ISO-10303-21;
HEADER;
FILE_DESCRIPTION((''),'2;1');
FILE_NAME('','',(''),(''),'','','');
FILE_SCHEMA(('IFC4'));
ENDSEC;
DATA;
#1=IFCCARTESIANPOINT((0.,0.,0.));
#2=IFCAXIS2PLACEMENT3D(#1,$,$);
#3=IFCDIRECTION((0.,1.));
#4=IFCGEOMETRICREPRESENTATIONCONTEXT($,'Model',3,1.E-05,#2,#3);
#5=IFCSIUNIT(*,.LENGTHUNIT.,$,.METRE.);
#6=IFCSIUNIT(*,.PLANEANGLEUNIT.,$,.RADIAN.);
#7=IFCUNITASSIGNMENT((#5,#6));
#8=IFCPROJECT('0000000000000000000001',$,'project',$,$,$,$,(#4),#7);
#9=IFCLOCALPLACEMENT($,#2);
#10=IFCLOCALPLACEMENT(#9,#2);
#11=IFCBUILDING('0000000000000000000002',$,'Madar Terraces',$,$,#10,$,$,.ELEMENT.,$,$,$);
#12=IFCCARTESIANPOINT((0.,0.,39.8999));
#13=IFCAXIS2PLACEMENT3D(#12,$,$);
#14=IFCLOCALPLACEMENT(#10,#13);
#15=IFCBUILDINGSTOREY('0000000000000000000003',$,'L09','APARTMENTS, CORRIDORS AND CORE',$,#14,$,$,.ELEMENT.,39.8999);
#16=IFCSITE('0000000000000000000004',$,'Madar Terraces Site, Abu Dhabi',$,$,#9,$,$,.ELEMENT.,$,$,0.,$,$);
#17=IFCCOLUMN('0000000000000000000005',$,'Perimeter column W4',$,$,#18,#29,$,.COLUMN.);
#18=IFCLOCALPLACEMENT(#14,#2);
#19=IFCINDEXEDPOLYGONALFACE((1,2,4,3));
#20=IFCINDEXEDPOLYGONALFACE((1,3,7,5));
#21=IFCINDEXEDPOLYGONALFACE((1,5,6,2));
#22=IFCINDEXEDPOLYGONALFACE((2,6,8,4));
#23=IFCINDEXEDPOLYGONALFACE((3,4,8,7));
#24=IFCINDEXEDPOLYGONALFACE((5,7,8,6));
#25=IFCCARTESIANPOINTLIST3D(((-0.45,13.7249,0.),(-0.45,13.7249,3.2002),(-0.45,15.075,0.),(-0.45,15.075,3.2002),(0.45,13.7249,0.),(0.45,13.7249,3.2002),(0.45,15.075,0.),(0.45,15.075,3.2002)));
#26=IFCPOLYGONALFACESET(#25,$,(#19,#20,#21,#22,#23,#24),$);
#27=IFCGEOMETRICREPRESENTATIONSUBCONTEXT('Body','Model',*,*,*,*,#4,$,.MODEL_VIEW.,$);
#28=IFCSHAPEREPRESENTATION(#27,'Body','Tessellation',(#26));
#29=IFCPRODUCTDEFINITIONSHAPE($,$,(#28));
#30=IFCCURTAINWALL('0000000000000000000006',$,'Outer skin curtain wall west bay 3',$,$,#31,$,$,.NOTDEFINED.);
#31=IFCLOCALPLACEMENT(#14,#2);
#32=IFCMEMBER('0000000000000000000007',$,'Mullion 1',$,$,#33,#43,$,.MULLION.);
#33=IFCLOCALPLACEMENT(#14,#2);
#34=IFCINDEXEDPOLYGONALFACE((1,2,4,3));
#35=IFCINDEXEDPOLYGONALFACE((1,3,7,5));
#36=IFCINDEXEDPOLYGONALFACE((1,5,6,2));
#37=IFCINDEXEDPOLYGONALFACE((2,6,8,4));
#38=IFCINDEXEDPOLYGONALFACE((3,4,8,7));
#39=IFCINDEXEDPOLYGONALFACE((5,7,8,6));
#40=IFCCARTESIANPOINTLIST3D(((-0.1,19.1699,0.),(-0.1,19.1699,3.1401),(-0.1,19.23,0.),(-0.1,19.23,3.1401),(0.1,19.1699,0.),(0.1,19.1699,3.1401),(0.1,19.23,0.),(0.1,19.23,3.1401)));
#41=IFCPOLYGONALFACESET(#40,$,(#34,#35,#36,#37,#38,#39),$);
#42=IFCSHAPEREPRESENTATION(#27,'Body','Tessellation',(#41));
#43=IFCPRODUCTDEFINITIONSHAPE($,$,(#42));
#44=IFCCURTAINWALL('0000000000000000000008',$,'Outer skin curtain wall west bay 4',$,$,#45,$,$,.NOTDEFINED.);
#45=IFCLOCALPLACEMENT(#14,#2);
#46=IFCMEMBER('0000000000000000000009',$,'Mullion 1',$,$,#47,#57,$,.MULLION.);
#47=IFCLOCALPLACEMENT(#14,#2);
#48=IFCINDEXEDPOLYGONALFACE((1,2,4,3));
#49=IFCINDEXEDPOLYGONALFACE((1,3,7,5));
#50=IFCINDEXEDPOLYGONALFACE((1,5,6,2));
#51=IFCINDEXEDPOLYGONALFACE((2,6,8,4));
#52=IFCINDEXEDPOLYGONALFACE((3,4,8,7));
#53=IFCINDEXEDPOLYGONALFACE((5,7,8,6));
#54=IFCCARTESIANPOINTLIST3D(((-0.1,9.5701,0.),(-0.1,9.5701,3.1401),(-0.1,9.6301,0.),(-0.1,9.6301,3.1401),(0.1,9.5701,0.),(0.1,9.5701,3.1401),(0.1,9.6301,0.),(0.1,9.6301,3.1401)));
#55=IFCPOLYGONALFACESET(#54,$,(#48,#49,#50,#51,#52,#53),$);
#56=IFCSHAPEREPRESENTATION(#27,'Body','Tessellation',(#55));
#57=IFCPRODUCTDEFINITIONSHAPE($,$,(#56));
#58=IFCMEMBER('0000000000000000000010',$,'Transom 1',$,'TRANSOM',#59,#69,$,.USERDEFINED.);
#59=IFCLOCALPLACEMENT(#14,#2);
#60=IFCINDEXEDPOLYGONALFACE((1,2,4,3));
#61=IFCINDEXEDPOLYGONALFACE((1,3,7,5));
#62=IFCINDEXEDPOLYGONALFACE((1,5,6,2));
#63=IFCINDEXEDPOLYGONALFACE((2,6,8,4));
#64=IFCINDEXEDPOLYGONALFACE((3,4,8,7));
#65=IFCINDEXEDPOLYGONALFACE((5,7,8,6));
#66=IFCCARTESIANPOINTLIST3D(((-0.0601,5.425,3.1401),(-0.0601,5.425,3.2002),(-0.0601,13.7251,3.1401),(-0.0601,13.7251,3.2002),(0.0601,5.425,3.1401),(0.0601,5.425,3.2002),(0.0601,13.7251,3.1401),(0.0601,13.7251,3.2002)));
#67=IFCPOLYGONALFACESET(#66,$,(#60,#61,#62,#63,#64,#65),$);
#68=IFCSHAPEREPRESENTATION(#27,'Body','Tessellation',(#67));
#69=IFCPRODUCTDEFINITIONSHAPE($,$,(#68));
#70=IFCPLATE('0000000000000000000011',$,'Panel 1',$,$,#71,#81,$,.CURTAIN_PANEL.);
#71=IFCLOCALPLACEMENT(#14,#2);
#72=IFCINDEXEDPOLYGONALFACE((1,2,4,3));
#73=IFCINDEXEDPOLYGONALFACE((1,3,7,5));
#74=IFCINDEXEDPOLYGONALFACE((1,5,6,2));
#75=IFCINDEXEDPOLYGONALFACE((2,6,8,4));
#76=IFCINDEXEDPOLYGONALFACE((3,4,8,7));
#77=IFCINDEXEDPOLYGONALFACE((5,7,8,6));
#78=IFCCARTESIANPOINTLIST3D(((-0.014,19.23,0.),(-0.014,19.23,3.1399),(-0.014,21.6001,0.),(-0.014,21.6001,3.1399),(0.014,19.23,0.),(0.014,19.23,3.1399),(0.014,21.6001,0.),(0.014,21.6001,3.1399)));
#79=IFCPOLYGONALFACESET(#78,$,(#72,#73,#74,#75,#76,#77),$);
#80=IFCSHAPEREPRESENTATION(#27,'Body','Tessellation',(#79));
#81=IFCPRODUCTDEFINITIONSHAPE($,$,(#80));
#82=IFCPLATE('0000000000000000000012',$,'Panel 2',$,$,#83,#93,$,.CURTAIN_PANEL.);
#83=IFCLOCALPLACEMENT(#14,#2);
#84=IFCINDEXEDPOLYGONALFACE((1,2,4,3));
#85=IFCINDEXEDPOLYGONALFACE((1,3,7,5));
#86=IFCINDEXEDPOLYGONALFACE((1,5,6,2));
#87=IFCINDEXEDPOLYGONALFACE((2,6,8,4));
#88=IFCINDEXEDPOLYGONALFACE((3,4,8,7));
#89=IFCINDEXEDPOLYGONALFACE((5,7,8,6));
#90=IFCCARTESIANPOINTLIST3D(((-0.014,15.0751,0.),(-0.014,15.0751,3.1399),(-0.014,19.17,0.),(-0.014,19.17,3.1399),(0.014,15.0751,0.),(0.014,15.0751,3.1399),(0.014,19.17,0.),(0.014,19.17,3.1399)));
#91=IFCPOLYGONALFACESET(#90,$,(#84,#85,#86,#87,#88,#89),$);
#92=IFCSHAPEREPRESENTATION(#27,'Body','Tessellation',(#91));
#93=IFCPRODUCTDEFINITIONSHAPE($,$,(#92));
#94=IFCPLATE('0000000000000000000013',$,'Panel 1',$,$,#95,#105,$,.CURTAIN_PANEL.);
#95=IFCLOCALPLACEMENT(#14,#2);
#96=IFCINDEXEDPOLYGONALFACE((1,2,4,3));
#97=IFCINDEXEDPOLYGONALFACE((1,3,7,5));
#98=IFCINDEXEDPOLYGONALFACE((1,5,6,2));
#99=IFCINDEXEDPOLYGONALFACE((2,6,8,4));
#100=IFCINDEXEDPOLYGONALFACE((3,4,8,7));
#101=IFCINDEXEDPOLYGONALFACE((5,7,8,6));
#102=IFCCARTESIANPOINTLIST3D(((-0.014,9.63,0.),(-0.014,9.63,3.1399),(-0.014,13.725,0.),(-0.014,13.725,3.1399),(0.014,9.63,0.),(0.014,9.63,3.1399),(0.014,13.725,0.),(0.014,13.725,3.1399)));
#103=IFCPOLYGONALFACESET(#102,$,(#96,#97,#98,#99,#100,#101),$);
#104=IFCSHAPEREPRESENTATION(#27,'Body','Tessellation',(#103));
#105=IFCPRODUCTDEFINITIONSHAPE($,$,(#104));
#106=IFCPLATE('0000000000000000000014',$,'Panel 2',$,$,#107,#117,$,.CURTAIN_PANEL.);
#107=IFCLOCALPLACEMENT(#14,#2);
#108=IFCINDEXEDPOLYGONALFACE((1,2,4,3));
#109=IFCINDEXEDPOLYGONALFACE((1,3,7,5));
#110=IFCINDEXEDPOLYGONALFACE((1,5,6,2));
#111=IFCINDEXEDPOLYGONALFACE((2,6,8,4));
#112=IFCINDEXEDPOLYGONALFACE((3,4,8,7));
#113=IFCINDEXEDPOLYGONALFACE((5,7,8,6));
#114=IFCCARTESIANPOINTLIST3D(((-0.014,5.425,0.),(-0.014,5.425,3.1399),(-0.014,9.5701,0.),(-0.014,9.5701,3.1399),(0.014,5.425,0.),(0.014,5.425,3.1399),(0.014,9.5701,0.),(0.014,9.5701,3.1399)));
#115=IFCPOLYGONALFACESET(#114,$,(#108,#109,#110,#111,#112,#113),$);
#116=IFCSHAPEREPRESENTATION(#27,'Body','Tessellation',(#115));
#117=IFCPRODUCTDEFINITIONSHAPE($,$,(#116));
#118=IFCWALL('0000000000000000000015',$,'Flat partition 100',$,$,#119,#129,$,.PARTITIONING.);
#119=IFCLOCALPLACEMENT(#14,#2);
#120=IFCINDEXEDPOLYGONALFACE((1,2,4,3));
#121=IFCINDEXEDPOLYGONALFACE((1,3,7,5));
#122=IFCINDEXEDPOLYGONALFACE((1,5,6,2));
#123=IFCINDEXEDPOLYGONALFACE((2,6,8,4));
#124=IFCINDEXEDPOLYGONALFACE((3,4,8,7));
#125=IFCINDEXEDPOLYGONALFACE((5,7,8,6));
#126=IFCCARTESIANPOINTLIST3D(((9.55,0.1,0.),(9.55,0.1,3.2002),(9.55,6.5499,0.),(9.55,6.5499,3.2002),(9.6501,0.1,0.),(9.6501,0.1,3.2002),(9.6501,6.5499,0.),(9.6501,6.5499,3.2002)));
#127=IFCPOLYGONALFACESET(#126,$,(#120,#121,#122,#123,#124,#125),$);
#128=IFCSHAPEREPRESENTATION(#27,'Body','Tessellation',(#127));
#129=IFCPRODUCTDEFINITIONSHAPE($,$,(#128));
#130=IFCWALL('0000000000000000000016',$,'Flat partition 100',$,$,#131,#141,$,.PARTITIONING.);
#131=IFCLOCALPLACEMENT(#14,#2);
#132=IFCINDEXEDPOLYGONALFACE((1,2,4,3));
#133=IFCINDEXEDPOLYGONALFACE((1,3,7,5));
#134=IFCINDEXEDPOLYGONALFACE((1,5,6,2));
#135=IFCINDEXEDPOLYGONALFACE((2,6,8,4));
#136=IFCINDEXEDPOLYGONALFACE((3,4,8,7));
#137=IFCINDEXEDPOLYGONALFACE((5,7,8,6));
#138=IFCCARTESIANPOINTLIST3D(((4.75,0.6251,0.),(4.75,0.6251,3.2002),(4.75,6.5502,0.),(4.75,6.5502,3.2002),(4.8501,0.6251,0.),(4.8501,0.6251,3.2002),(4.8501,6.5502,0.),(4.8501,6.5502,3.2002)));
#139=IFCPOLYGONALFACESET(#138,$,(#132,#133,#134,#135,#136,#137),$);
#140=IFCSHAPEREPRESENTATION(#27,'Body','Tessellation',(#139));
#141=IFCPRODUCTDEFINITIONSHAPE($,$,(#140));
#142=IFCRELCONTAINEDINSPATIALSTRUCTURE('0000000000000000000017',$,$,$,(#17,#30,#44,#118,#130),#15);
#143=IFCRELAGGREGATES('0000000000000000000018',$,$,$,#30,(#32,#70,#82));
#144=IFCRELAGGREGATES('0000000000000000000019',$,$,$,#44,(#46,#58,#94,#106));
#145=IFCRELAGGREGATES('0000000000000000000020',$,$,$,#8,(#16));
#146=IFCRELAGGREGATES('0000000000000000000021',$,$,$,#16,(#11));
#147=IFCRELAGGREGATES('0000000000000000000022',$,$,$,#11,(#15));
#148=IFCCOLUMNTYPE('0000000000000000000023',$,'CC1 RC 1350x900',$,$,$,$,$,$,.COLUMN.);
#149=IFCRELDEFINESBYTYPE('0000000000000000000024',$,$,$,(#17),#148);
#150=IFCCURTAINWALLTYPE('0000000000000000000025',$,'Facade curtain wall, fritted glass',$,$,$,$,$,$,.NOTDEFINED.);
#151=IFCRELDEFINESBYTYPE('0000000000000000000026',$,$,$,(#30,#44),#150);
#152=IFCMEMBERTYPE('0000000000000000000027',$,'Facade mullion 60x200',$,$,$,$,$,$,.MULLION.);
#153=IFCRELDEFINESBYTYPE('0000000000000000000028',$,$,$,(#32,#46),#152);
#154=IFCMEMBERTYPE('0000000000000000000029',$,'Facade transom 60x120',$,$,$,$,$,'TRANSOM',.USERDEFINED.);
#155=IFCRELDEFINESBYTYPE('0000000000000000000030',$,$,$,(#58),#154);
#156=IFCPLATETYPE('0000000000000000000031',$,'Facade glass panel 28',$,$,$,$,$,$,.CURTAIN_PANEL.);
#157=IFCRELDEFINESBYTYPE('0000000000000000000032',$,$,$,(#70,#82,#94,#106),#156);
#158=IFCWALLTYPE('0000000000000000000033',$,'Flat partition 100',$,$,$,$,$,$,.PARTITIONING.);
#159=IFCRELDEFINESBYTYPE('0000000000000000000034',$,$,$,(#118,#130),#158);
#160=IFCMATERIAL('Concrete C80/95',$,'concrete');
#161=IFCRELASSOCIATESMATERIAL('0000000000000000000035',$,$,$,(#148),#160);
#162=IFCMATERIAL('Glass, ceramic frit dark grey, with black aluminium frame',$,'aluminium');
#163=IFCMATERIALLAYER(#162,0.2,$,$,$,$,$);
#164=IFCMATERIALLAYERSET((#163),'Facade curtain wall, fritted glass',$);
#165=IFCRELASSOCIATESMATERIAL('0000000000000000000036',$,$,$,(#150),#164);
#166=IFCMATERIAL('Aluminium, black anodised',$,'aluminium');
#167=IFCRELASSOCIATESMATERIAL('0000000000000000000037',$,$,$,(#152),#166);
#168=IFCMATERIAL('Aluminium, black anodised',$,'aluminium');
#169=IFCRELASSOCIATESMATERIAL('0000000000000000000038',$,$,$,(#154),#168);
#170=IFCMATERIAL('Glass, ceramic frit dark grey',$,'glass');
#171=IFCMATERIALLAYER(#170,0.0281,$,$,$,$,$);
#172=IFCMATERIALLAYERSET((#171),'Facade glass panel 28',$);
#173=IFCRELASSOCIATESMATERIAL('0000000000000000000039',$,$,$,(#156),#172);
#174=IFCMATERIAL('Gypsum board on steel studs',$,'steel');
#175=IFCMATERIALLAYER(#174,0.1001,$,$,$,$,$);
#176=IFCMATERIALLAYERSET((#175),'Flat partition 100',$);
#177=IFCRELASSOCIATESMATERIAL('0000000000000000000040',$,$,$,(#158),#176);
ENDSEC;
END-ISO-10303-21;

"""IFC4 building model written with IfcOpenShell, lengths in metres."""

from ifc_helpers import new_model, si_unit, direction, frame, frame_2d, origin, origin_2d, place, context, subcontext, project, spatial, rectangle, extrude, material, layer, layer_set, material_profile, profile_set, type_object, element, aggregate, save


model = new_model("IFC4")

# Units and contexts
model_context = context("Model", 3, precision=1e-05, world=origin(), true_north=direction((0.0, 1.0)))
body_context = subcontext(model_context, "Body", "Model", "MODEL_VIEW")
ifc_project = project(units=[si_unit("LENGTHUNIT", "METRE"), si_unit("PLANEANGLEUNIT", "RADIAN")], contexts=[model_context])

# Site, building, storey
site_placement = place(None, origin())
site = spatial("IfcSite", under=ifc_project, at=site_placement, Name="Madar Terraces Site, Abu Dhabi", CompositionType="ELEMENT", RefElevation=0.0)
building_placement = place(site_placement, origin())
building = spatial("IfcBuilding", under=site, at=building_placement, Name="Madar Terraces", CompositionType="ELEMENT")
storey_placement = place(building_placement, frame((0.0, 0.0, 39.8999)))
storey = spatial("IfcBuildingStorey", under=building, at=storey_placement, Name="L09", Description="APARTMENTS, CORRIDORS AND CORE", CompositionType="ELEMENT", Elevation=39.8999)

# Column
ifc_material_1 = material(Name="Concrete C80/95", Category="concrete")
ifc_material_profile_1 = material_profile(ifc_material_1, rectangle(XDim=1.3501, YDim=0.8999, at=origin_2d()), Name="CC1 RC 1350x900")
ifc_profile_set_1 = profile_set([ifc_material_profile_1], Name="Concrete C80/95")
column_type = type_object("IfcColumnType", Name="CC1 RC 1350x900", PredefinedType="COLUMN", material=ifc_profile_set_1)
column_placement = place(storey_placement, frame((0.0, 14.3999, 0.0), z_axis=(0.0, 0.0, 1.0), x_axis=(0.0, 1.0, 0.0)))
element("IfcColumn", 1, at=column_placement, inside=storey, type_object=column_type, Name="Perimeter column W4", PredefinedType="COLUMN", context=body_context, shape_type="SweptSolid", body=[
    extrude(rectangle(XDim=1.3501, YDim=0.8999, at=origin_2d()), origin(), (0.0, 0.0, 1.0), 3.2002),
])

# Curtain wall, member
ifc_material_2 = material(Name="Glass, ceramic frit dark grey, with black aluminium frame", Category="aluminium")
ifc_layer_1 = layer(ifc_material_2, 0.2)
ifc_layer_set_1 = layer_set([ifc_layer_1], Name="Facade curtain wall, fritted glass")
curtain_wall_type = type_object("IfcCurtainWallType", Name="Facade curtain wall, fritted glass", PredefinedType="NOTDEFINED", material=ifc_layer_set_1)
curtain_wall_1_placement = place(storey_placement, origin())
curtain_wall_1 = element("IfcCurtainWall", 2, at=curtain_wall_1_placement, inside=storey, type_object=curtain_wall_type, Name="Outer skin curtain wall west bay 3", PredefinedType="NOTDEFINED")
ifc_material_3 = material(Name="Aluminium, black anodised", Category="aluminium")
ifc_material_profile_2 = material_profile(ifc_material_3, rectangle(XDim=0.2, YDim=0.0601, at=origin_2d()), Name="Facade mullion 60x200")
ifc_profile_set_2 = profile_set([ifc_material_profile_2], Name="Aluminium, black anodised")
member_type_1 = type_object("IfcMemberType", Name="Facade mullion 60x200", PredefinedType="MULLION", material=ifc_profile_set_2)
member_1_placement = place(storey_placement, frame((0.0, 19.2, 0.0), z_axis=(0.0, 0.0, 1.0), x_axis=(1.0, 0.0, 0.0)))
member_1 = element("IfcMember", 3, at=member_1_placement, type_object=member_type_1, Name="Mullion 1", PredefinedType="MULLION", context=body_context, shape_type="SweptSolid", body=[
    extrude(rectangle(XDim=0.2, YDim=0.0601, at=origin_2d()), origin(), (0.0, 0.0, 1.0), 3.1401),
])

# Curtain wall, members
curtain_wall_2_placement = place(storey_placement, origin())
curtain_wall_2 = element("IfcCurtainWall", 4, at=curtain_wall_2_placement, inside=storey, type_object=curtain_wall_type, Name="Outer skin curtain wall west bay 4", PredefinedType="NOTDEFINED")
member_2_placement = place(storey_placement, frame((0.0, 9.6001, 0.0), z_axis=(0.0, 0.0, 1.0), x_axis=(1.0, 0.0, 0.0)))
member_2 = element("IfcMember", 5, at=member_2_placement, type_object=member_type_1, Name="Mullion 1", PredefinedType="MULLION", context=body_context, shape_type="SweptSolid", body=[
    extrude(rectangle(XDim=0.2, YDim=0.0601, at=origin_2d()), origin(), (0.0, 0.0, 1.0), 3.1401),
])
ifc_material_4 = material(Name="Aluminium, black anodised", Category="aluminium")
ifc_material_profile_3 = material_profile(ifc_material_4, rectangle(XDim=0.1201, YDim=0.0601, at=origin_2d()), Name="Facade transom 60x120")
ifc_profile_set_3 = profile_set([ifc_material_profile_3], Name="Aluminium, black anodised")
member_type_2 = type_object("IfcMemberType", Name="Facade transom 60x120", ElementType="TRANSOM", PredefinedType="USERDEFINED", material=ifc_profile_set_3)
member_3_placement = place(storey_placement, frame((0.0, 13.7251, 3.1702), z_axis=(0.0, -1.0, 0.0), x_axis=(1.0, 0.0, 0.0)))
member_3 = element("IfcMember", 6, at=member_3_placement, type_object=member_type_2, Name="Transom 1", ObjectType="TRANSOM", PredefinedType="USERDEFINED", context=body_context, shape_type="SweptSolid", body=[
    extrude(rectangle(XDim=0.1201, YDim=0.0601, at=origin_2d()), origin(), (0.0, 0.0, 1.0), 8.3),
])

# Plates
ifc_material_5 = material(Name="Glass, ceramic frit dark grey", Category="glass")
ifc_layer_2 = layer(ifc_material_5, 0.0281)
ifc_layer_set_2 = layer_set([ifc_layer_2], Name="Facade glass panel 28")
plate_type = type_object("IfcPlateType", Name="Facade glass panel 28", PredefinedType="CURTAIN_PANEL", material=ifc_layer_set_2)
plate_1_placement = place(storey_placement, frame((0.0, 20.415, 0.0), z_axis=(0.0, 0.0, 1.0), x_axis=(0.0, -1.0, 0.0)))
plate_1 = element("IfcPlate", 7, at=plate_1_placement, type_object=plate_type, Name="Panel 1", PredefinedType="CURTAIN_PANEL", context=body_context, shape_type="SweptSolid", body=[
    extrude(rectangle(XDim=2.3701, YDim=0.0281, at=origin_2d()), origin(), (0.0, 0.0, 1.0), 3.1399),
])
plate_2_placement = place(storey_placement, frame((0.0, 17.1226, 0.0), z_axis=(0.0, 0.0, 1.0), x_axis=(0.0, -1.0, 0.0)))
plate_2 = element("IfcPlate", 8, at=plate_2_placement, type_object=plate_type, Name="Panel 2", PredefinedType="CURTAIN_PANEL", context=body_context, shape_type="SweptSolid", body=[
    extrude(rectangle(XDim=4.095, YDim=0.0281, at=origin_2d()), origin(), (0.0, 0.0, 1.0), 3.1399),
])
aggregate(curtain_wall_1, [member_1, plate_1, plate_2])
plate_3_placement = place(storey_placement, frame((0.0, 11.6775, 0.0), z_axis=(0.0, 0.0, 1.0), x_axis=(0.0, -1.0, 0.0)))
plate_3 = element("IfcPlate", 9, at=plate_3_placement, type_object=plate_type, Name="Panel 1", PredefinedType="CURTAIN_PANEL", context=body_context, shape_type="SweptSolid", body=[
    extrude(rectangle(XDim=4.095, YDim=0.0281, at=origin_2d()), origin(), (0.0, 0.0, 1.0), 3.1399),
])
plate_4_placement = place(storey_placement, frame((0.0, 7.4976, 0.0), z_axis=(0.0, 0.0, 1.0), x_axis=(0.0, -1.0, 0.0)))
plate_4 = element("IfcPlate", 10, at=plate_4_placement, type_object=plate_type, Name="Panel 2", PredefinedType="CURTAIN_PANEL", context=body_context, shape_type="SweptSolid", body=[
    extrude(rectangle(XDim=4.145, YDim=0.0281, at=origin_2d()), origin(), (0.0, 0.0, 1.0), 3.1399),
])
aggregate(curtain_wall_2, [member_2, member_3, plate_3, plate_4])

# Walls
ifc_material_6 = material(Name="Gypsum board on steel studs", Category="steel")
ifc_layer_3 = layer(ifc_material_6, 0.1001)
ifc_layer_set_3 = layer_set([ifc_layer_3], Name="Flat partition 100")
wall_type_1 = type_object("IfcWallType", Name="Flat partition 100", PredefinedType="PARTITIONING", material=ifc_layer_set_3)
wall_1_placement = place(storey_placement, frame((9.6001, 6.55, 0.0), z_axis=(0.0, 0.0, 1.0), x_axis=(0.0, -1.0, 0.0)))
element("IfcWall", 11, at=wall_1_placement, inside=storey, type_object=wall_type_1, Name="Flat partition 100", PredefinedType="PARTITIONING", context=body_context, shape_type="SweptSolid", body=[
    extrude(rectangle(XDim=6.45, YDim=0.1001, at=frame_2d((3.2251, 0.0))), origin(), (0.0, 0.0, 1.0), 3.2002),
])
wall_2_placement = place(storey_placement, frame((4.8, 6.55, 0.0), z_axis=(0.0, 0.0, 1.0), x_axis=(0.0, -1.0, 0.0)))
element("IfcWall", 12, at=wall_2_placement, inside=storey, type_object=wall_type_1, Name="Flat partition 100", PredefinedType="PARTITIONING", context=body_context, shape_type="SweptSolid", body=[
    extrude(rectangle(XDim=5.925, YDim=0.1001, at=frame_2d((2.9624, 0.0))), origin(), (0.0, 0.0, 1.0), 3.2002),
])

save(model, "model.ifc")
